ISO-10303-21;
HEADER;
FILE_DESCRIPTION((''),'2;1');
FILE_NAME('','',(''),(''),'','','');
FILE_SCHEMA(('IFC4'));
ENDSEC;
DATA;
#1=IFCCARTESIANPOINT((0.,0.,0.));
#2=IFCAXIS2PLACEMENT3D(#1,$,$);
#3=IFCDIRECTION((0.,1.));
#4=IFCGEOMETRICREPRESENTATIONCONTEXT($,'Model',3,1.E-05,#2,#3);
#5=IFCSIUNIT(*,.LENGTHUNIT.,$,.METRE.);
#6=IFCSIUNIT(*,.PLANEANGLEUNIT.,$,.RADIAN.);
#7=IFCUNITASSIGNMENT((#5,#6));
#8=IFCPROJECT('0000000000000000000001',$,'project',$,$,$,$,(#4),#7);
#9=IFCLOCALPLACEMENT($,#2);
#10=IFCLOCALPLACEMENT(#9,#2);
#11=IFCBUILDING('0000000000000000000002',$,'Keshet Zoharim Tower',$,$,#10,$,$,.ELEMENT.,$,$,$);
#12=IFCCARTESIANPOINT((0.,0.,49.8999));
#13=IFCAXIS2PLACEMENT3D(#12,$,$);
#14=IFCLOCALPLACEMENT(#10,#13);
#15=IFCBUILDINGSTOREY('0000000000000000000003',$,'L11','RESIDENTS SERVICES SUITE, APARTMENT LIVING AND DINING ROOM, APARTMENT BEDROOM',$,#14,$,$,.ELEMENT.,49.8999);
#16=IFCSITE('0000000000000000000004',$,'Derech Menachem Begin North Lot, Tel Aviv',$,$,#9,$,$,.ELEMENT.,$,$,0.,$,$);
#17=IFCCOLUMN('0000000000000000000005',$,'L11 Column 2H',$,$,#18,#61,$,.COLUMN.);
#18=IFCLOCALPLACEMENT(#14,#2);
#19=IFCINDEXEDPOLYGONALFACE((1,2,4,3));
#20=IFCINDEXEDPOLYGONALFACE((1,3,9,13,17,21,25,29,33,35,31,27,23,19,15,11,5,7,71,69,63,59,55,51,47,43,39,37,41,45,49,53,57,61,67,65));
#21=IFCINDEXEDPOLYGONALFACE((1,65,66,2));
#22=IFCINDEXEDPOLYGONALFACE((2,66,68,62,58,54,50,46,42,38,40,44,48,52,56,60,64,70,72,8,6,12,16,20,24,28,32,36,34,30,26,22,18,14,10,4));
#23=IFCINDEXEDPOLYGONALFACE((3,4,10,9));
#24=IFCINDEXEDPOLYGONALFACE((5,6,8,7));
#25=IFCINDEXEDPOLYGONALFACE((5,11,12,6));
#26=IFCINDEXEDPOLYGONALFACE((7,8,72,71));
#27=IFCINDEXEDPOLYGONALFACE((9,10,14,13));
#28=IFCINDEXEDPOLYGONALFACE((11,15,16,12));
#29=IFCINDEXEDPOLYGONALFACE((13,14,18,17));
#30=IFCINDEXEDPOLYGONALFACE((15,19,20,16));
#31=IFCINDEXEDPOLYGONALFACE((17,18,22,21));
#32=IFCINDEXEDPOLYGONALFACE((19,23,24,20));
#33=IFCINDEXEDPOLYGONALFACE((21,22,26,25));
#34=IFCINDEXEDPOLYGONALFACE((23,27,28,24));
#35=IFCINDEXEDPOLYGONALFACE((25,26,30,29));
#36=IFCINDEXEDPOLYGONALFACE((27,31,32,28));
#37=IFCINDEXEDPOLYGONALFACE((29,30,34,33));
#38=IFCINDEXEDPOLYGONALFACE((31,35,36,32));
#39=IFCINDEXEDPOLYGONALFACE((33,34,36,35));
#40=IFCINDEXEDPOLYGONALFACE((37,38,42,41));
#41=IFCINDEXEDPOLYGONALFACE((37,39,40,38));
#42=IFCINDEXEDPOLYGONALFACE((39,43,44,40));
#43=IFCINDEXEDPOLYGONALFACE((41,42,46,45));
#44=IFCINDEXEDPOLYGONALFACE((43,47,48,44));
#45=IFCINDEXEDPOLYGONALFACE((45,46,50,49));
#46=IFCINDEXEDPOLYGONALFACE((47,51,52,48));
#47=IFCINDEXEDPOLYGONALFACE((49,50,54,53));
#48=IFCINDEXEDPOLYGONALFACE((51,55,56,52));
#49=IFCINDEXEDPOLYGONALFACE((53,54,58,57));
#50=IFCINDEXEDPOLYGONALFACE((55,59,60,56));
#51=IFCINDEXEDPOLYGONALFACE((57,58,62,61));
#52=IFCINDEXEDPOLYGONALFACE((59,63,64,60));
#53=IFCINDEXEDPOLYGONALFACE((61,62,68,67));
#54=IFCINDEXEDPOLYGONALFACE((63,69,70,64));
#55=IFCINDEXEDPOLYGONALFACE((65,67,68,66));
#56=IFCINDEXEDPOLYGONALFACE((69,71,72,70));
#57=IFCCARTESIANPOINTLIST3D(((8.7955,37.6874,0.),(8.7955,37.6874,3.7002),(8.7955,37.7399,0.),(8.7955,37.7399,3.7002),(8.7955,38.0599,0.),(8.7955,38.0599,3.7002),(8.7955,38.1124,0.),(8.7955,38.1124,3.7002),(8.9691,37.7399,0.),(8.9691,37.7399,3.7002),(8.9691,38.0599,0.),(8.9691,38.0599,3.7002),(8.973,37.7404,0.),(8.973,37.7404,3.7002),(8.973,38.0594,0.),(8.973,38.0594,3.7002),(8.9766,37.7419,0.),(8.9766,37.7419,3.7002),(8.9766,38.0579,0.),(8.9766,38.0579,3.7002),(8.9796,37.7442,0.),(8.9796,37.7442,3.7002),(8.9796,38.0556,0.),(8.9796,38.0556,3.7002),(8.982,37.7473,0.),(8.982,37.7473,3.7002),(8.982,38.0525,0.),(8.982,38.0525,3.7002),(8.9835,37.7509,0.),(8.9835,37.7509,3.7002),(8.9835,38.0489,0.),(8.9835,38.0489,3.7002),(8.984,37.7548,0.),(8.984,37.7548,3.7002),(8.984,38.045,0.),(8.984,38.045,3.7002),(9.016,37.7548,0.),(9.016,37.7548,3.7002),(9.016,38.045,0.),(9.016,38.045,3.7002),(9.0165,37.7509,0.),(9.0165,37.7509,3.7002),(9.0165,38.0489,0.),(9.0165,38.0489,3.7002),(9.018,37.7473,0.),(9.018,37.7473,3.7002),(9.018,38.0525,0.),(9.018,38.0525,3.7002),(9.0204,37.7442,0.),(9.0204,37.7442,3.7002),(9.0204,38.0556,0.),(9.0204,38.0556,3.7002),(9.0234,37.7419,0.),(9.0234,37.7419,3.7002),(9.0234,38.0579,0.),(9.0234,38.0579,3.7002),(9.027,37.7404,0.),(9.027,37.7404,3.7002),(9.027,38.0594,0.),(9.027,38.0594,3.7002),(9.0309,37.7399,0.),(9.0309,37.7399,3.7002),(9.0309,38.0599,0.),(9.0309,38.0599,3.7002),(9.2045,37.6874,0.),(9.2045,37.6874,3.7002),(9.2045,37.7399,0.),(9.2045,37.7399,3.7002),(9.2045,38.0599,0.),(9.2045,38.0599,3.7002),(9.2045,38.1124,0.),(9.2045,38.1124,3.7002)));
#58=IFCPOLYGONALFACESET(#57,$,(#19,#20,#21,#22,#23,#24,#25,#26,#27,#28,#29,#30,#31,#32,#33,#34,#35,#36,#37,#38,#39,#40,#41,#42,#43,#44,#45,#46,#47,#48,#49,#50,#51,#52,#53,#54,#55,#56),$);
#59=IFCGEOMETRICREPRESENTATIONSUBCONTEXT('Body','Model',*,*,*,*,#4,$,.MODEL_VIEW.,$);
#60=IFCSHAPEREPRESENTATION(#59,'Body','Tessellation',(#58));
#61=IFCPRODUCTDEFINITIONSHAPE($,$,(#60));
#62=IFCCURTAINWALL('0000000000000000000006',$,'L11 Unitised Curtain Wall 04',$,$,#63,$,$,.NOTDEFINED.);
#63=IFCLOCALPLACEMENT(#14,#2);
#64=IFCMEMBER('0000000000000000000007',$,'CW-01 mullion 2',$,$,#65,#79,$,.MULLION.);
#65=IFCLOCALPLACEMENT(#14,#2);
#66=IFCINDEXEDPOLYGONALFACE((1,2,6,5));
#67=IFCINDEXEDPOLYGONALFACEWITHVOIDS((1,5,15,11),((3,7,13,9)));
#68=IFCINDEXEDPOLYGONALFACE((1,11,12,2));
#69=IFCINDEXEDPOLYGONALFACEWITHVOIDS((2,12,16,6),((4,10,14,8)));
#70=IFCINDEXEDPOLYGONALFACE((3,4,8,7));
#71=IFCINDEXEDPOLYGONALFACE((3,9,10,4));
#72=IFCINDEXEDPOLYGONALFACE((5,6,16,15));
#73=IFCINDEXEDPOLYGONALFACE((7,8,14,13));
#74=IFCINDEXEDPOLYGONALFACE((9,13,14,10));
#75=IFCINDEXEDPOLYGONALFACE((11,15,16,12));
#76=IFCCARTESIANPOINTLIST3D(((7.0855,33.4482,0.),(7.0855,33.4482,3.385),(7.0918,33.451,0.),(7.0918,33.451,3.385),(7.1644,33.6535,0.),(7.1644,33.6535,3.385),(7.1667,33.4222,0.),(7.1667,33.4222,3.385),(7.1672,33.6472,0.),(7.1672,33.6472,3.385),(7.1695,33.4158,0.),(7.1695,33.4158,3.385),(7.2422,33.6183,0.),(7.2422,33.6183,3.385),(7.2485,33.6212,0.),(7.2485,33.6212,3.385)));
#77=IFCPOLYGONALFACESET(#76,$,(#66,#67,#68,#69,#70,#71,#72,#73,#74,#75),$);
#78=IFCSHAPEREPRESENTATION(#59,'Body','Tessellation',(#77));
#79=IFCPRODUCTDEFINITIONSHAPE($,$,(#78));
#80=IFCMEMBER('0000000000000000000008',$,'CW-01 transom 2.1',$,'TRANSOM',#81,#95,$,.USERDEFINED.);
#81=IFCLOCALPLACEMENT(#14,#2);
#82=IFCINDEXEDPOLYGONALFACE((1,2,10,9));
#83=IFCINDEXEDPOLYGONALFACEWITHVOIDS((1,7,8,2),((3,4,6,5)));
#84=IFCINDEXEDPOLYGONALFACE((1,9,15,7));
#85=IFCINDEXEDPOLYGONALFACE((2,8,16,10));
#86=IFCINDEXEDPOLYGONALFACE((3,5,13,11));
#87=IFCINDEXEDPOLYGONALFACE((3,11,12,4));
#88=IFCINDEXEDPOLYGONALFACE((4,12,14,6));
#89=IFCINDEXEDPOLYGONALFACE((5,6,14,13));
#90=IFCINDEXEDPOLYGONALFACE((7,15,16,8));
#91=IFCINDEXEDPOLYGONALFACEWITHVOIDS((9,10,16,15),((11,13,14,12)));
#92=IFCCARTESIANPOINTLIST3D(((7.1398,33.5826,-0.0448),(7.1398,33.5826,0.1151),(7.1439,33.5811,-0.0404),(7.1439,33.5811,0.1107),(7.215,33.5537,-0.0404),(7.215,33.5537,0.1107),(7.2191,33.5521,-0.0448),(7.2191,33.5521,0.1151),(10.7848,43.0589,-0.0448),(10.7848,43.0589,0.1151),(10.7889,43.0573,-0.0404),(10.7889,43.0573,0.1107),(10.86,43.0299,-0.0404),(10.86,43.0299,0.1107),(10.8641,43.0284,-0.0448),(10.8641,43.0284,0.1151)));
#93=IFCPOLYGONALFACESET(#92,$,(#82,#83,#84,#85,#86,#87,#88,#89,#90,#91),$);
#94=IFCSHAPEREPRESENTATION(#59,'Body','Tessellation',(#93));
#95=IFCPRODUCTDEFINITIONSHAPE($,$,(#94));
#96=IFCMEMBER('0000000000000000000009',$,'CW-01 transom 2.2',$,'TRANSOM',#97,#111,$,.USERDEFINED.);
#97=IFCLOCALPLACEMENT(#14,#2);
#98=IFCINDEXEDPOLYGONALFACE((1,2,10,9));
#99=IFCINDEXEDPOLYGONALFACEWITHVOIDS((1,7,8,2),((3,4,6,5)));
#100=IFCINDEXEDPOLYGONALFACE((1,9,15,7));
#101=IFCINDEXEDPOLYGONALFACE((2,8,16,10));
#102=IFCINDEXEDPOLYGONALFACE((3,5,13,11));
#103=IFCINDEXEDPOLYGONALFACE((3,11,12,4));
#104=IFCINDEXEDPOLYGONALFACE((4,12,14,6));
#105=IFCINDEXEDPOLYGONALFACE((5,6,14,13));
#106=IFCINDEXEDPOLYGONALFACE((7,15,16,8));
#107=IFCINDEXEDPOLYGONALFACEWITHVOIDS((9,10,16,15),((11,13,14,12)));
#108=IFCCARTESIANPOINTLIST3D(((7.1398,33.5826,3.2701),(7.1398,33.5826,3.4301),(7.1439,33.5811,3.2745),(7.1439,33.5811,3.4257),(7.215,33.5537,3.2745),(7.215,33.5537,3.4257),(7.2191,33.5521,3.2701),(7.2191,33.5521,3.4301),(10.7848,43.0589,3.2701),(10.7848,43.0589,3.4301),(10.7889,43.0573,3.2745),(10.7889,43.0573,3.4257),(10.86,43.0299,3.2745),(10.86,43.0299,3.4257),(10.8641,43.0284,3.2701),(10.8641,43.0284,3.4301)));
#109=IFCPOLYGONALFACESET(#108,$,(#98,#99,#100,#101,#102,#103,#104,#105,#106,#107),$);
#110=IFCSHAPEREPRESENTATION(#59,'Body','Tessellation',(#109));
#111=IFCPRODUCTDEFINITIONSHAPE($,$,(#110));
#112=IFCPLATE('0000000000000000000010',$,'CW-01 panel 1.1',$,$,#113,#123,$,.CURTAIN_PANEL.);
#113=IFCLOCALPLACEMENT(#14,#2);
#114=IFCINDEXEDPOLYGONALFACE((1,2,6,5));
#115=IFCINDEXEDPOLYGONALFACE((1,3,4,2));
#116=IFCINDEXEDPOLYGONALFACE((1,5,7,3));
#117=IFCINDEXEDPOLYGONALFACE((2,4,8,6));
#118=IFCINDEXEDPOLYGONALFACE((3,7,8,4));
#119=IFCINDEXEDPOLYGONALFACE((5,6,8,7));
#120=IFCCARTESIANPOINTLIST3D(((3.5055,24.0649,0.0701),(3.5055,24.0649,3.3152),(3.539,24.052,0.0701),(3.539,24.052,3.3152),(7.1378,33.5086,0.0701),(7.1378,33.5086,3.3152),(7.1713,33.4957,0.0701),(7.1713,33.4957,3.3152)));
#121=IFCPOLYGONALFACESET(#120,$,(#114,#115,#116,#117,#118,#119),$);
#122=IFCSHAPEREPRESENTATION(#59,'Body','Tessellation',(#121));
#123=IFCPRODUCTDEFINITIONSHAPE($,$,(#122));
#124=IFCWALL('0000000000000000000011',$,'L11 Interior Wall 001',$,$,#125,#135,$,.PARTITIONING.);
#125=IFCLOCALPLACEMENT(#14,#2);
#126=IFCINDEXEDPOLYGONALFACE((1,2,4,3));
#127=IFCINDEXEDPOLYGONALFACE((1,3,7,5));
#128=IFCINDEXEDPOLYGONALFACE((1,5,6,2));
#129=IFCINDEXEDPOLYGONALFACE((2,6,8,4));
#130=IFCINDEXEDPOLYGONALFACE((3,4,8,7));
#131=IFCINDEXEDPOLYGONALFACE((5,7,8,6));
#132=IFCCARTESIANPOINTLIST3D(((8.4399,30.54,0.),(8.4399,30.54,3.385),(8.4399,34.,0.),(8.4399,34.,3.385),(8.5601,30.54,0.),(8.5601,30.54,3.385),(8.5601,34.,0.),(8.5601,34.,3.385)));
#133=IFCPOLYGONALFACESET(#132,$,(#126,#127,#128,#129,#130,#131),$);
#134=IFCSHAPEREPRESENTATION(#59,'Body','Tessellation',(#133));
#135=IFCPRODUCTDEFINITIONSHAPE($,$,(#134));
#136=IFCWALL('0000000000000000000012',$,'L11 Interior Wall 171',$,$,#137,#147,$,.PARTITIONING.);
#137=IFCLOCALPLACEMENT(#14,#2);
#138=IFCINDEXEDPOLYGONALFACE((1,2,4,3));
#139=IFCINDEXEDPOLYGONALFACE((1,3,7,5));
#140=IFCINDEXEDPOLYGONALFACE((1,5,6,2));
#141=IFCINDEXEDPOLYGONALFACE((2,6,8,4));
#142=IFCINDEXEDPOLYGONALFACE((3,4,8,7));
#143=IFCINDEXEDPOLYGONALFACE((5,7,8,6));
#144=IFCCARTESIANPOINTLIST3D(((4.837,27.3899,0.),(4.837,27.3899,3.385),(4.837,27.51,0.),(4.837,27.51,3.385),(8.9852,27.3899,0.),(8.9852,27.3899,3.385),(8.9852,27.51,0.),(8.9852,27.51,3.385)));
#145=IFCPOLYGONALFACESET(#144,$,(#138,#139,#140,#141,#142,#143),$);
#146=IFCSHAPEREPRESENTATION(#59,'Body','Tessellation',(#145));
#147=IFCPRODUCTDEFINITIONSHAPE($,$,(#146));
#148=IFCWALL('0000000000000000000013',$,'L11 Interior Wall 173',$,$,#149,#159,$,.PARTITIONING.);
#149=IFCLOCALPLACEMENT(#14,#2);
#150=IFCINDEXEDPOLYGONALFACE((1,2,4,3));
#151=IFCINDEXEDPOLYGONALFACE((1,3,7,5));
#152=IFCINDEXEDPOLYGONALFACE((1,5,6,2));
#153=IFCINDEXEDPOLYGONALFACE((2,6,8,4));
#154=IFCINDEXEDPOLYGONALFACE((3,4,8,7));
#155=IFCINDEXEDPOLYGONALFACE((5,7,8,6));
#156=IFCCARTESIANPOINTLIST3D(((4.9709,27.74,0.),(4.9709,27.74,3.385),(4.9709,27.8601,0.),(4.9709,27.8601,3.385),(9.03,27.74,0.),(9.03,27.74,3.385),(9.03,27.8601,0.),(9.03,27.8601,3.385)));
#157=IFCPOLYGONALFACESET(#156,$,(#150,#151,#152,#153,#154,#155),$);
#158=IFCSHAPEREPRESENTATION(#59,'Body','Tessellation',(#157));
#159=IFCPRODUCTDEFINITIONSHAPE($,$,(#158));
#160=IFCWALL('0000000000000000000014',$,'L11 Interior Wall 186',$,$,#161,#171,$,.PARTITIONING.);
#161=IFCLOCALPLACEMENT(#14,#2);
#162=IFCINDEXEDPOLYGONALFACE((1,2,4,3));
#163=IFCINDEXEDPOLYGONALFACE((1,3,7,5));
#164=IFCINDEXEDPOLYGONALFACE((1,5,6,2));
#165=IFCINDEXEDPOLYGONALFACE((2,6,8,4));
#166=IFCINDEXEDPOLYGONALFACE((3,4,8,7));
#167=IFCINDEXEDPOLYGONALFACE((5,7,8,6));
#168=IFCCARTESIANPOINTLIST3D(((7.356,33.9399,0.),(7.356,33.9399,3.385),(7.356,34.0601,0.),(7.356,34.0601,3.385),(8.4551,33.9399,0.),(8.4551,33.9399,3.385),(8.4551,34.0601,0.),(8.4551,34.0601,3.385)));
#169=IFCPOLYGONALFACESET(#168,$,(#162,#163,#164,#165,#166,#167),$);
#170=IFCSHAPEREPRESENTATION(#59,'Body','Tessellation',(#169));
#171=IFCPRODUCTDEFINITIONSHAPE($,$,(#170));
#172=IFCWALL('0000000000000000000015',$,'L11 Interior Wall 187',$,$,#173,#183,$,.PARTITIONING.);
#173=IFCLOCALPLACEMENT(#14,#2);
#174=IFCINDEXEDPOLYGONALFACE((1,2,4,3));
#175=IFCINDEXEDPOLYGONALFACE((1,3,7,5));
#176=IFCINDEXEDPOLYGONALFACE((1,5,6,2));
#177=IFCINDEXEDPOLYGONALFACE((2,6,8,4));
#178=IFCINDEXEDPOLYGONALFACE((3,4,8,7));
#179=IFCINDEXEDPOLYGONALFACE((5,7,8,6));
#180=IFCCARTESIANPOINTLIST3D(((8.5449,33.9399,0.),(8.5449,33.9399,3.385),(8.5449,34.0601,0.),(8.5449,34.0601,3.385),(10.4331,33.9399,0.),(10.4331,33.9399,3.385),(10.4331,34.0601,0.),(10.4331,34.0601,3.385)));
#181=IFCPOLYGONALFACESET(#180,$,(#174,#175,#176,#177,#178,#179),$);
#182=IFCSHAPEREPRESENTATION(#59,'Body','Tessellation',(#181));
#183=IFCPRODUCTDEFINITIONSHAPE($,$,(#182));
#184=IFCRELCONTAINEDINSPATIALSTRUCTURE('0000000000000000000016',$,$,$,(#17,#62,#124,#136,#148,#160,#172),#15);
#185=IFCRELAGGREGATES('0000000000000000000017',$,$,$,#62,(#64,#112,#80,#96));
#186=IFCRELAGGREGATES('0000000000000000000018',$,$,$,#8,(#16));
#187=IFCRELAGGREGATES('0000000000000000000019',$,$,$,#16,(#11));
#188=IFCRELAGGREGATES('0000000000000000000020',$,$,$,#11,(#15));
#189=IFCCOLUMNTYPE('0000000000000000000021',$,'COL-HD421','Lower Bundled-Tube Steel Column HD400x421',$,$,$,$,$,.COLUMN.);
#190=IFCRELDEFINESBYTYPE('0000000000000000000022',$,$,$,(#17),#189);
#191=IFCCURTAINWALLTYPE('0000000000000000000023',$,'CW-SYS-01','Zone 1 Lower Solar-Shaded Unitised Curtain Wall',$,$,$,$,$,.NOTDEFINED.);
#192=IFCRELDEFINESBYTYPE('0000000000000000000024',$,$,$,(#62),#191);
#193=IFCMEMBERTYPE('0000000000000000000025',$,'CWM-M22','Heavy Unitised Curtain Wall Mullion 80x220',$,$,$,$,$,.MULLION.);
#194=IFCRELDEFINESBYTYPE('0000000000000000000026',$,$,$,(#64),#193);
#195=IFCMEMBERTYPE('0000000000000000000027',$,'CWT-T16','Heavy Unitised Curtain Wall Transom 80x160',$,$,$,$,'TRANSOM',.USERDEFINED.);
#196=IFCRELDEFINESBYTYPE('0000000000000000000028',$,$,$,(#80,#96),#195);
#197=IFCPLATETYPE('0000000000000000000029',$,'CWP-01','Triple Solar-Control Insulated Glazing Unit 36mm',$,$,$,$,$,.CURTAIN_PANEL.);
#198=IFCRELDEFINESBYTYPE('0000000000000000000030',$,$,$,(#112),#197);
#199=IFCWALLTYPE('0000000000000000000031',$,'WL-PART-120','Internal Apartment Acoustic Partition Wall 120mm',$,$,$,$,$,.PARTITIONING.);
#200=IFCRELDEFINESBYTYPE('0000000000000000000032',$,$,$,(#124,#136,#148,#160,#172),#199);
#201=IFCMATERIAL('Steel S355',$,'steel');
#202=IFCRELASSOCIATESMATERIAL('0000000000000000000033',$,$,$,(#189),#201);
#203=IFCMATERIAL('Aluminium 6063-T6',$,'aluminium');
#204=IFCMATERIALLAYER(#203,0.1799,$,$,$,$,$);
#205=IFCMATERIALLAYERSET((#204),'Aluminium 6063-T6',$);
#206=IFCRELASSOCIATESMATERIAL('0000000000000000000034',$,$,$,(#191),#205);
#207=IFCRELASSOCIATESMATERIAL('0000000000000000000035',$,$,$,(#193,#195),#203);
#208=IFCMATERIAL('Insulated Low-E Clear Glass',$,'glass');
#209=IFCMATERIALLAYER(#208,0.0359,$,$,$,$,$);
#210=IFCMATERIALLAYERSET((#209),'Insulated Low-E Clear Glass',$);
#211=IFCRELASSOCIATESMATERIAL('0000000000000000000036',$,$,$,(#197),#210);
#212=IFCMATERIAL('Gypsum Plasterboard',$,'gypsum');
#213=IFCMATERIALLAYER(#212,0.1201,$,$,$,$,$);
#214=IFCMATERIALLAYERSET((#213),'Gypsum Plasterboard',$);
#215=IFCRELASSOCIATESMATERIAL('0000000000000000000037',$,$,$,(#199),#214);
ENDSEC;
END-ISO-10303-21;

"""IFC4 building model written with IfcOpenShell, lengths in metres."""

from ifc_helpers import new_model, si_unit, direction, frame, frame_2d, origin, origin_2d, place, context, subcontext, project, spatial, rectangle, hollow_rectangle, i_section, extrude, material, layer, layer_set, material_profile, profile_set, type_object, element, aggregate, save


model = new_model("IFC4")

# Units and contexts
model_context = context("Model", 3, precision=1e-05, world=origin(), true_north=direction((0.0, 1.0)))
body_context = subcontext(model_context, "Body", "Model", "MODEL_VIEW")
ifc_project = project(units=[si_unit("LENGTHUNIT", "METRE"), si_unit("PLANEANGLEUNIT", "RADIAN")], contexts=[model_context])

# Site, building, storey
site_placement = place(None, origin())
site = spatial("IfcSite", under=ifc_project, at=site_placement, Name="Derech Menachem Begin North Lot, Tel Aviv", CompositionType="ELEMENT", RefElevation=0.0)
building_placement = place(site_placement, origin())
building = spatial("IfcBuilding", under=site, at=building_placement, Name="Keshet Zoharim Tower", CompositionType="ELEMENT")
storey_placement = place(building_placement, frame((0.0, 0.0, 49.8999)))
storey = spatial("IfcBuildingStorey", under=building, at=storey_placement, Name="L11", Description="RESIDENTS SERVICES SUITE, APARTMENT LIVING AND DINING ROOM, APARTMENT BEDROOM", CompositionType="ELEMENT", Elevation=49.8999)

# Column
ifc_material_1 = material(Name="Steel S355", Category="steel")
ifc_material_profile_1 = material_profile(ifc_material_1, i_section(OverallWidth=0.4089, OverallDepth=0.425, WebThickness=0.032, FlangeThickness=0.0525, FilletRadius=0.0149, at=origin_2d()), Name="HD400x421")
ifc_profile_set_1 = profile_set([ifc_material_profile_1], Name="Steel S355")
column_type = type_object("IfcColumnType", Name="COL-HD421", Description="Lower Bundled-Tube Steel Column HD400x421", PredefinedType="COLUMN", material=ifc_profile_set_1)
column_placement = place(storey_placement, frame((9.0, 37.8999, 0.0), z_axis=(0.0, 0.0, 1.0), x_axis=(1.0, 0.0, 0.0)))
element("IfcColumn", 1, at=column_placement, inside=storey, type_object=column_type, Name="L11 Column 2H", PredefinedType="COLUMN", context=body_context, shape_type="SweptSolid", body=[
    extrude(i_section(OverallWidth=0.4089, OverallDepth=0.425, WebThickness=0.032, FlangeThickness=0.0525, FilletRadius=0.0149, at=origin_2d()), origin(), (0.0, 0.0, 1.0), 3.7002),
])

# Curtain wall, members, plate
ifc_material_2 = material(Name="Aluminium 6063-T6", Category="aluminium")
ifc_layer_1 = layer(ifc_material_2, 0.1799)
ifc_layer_set_1 = layer_set([ifc_layer_1], Name="Aluminium 6063-T6")
curtain_wall_type = type_object("IfcCurtainWallType", Name="CW-SYS-01", Description="Zone 1 Lower Solar-Shaded Unitised Curtain Wall", PredefinedType="NOTDEFINED", material=ifc_layer_set_1)
curtain_wall_placement = place(storey_placement, origin())
curtain_wall = element("IfcCurtainWall", 2, at=curtain_wall_placement, inside=storey, type_object=curtain_wall_type, Name="L11 Unitised Curtain Wall 04", PredefinedType="NOTDEFINED")
ifc_material_profile_2 = material_profile(ifc_material_2, hollow_rectangle(XDim=0.0901, YDim=0.22, WallThickness=0.0049, at=origin_2d()), Name="MUL-90x220")
ifc_profile_set_2 = profile_set([ifc_material_profile_2], Name="Aluminium 6063-T6")
member_type_1 = type_object("IfcMemberType", Name="CWM-M22", Description="Heavy Unitised Curtain Wall Mullion 80x220", PredefinedType="MULLION", material=ifc_profile_set_2)
member_1_placement = place(storey_placement, frame((7.167, 33.5347, 0.0), z_axis=(0.0, 0.0, 1.0), x_axis=(-0.933341, 0.35899, 0.0)))
member_1 = element("IfcMember", 3, at=member_1_placement, type_object=member_type_1, Name="CW-01 mullion 2", PredefinedType="MULLION", context=body_context, shape_type="SweptSolid", body=[
    extrude(hollow_rectangle(XDim=0.0901, YDim=0.22, WallThickness=0.0049, at=origin_2d()), origin(), (0.0, 0.0, 1.0), 3.385),
])
ifc_material_profile_3 = material_profile(ifc_material_2, hollow_rectangle(XDim=0.085, YDim=0.1599, WallThickness=0.0044, at=origin_2d()), Name="TRN-85x160")
ifc_profile_set_3 = profile_set([ifc_material_profile_3], Name="Aluminium 6063-T6")
member_type_2 = type_object("IfcMemberType", Name="CWT-T16", Description="Heavy Unitised Curtain Wall Transom 80x160", ElementType="TRANSOM", PredefinedType="USERDEFINED", material=ifc_profile_set_3)
member_2_placement = place(storey_placement, frame((7.1794, 33.5674, 0.0352), z_axis=(0.359003, 0.933336, 0.0), x_axis=(-0.933336, 0.359003, 0.0)))
member_2 = element("IfcMember", 4, at=member_2_placement, type_object=member_type_2, Name="CW-01 transom 2.1", ObjectType="TRANSOM", PredefinedType="USERDEFINED", context=body_context, shape_type="SweptSolid", body=[
    extrude(hollow_rectangle(XDim=0.085, YDim=0.1599, WallThickness=0.0044, at=origin_2d()), origin(), (0.0, 0.0, 1.0), 10.1531),
])
member_3_placement = place(storey_placement, frame((7.1794, 33.5674, 3.3501), z_axis=(0.359003, 0.933336, 0.0), x_axis=(-0.933336, 0.359003, 0.0)))
member_3 = element("IfcMember", 5, at=member_3_placement, type_object=member_type_2, Name="CW-01 transom 2.2", ObjectType="TRANSOM", PredefinedType="USERDEFINED", context=body_context, shape_type="SweptSolid", body=[
    extrude(hollow_rectangle(XDim=0.085, YDim=0.1599, WallThickness=0.0044, at=origin_2d()), origin(), (0.0, 0.0, 1.0), 10.1531),
])
ifc_material_3 = material(Name="Insulated Low-E Clear Glass", Category="glass")
ifc_layer_2 = layer(ifc_material_3, 0.0359)
ifc_layer_set_2 = layer_set([ifc_layer_2], Name="Insulated Low-E Clear Glass")
plate_type = type_object("IfcPlateType", Name="CWP-01", Description="Triple Solar-Control Insulated Glazing Unit 36mm", PredefinedType="CURTAIN_PANEL", material=ifc_layer_set_2)
plate_placement = place(storey_placement, frame((5.3384, 28.7803, 0.0701), z_axis=(0.0, 0.0, 1.0), x_axis=(0.35899, 0.933341, 0.0)))
plate = element("IfcPlate", 6, at=plate_placement, type_object=plate_type, Name="CW-01 panel 1.1", PredefinedType="CURTAIN_PANEL", context=body_context, shape_type="SweptSolid", body=[
    extrude(rectangle(XDim=10.1182, YDim=0.0359, at=origin_2d()), origin(), (0.0, 0.0, 1.0), 3.2451),
])
aggregate(curtain_wall, [member_1, plate, member_2, member_3])

# Wall
ifc_material_4 = material(Name="Gypsum Plasterboard", Category="gypsum")
ifc_layer_3 = layer(ifc_material_4, 0.1201)
ifc_layer_set_3 = layer_set([ifc_layer_3], Name="Gypsum Plasterboard")
wall_type_1 = type_object("IfcWallType", Name="WL-PART-120", Description="Internal Apartment Acoustic Partition Wall 120mm", PredefinedType="PARTITIONING", material=ifc_layer_set_3)
wall_1_placement = place(storey_placement, frame((8.5, 30.54, 0.0), z_axis=(0.0, 0.0, 1.0), x_axis=(0.0, 1.0, 0.0)))
element("IfcWall", 7, at=wall_1_placement, inside=storey, type_object=wall_type_1, Name="L11 Interior Wall 001", PredefinedType="PARTITIONING", context=body_context, shape_type="SweptSolid", body=[
    extrude(rectangle(XDim=3.46, YDim=0.1201, at=frame_2d((1.73, 0.0))), origin(), (0.0, 0.0, 1.0), 3.385),
])

# Walls
wall_2_placement = place(storey_placement, frame((4.8369, 27.45, 0.0), z_axis=(0.0, 0.0, 1.0), x_axis=(1.0, 0.0, 0.0)))
element("IfcWall", 8, at=wall_2_placement, inside=storey, type_object=wall_type_1, Name="L11 Interior Wall 171", PredefinedType="PARTITIONING", context=body_context, shape_type="SweptSolid", body=[
    extrude(rectangle(XDim=4.1482, YDim=0.1201, at=frame_2d((2.0742, 0.0))), origin(), (0.0, 0.0, 1.0), 3.385),
])
wall_3_placement = place(storey_placement, frame((4.9709, 27.8, 0.0), z_axis=(0.0, 0.0, 1.0), x_axis=(1.0, 0.0, 0.0)))
element("IfcWall", 9, at=wall_3_placement, inside=storey, type_object=wall_type_1, Name="L11 Interior Wall 173", PredefinedType="PARTITIONING", context=body_context, shape_type="SweptSolid", body=[
    extrude(rectangle(XDim=4.0591, YDim=0.1201, at=frame_2d((2.0295, 0.0))), origin(), (0.0, 0.0, 1.0), 3.385),
])

# Walls
wall_4_placement = place(storey_placement, frame((7.356, 34.0, 0.0), z_axis=(0.0, 0.0, 1.0), x_axis=(1.0, 0.0, 0.0)))
element("IfcWall", 10, at=wall_4_placement, inside=storey, type_object=wall_type_1, Name="L11 Interior Wall 186", PredefinedType="PARTITIONING", context=body_context, shape_type="SweptSolid", body=[
    extrude(rectangle(XDim=1.0991, YDim=0.1201, at=frame_2d((0.5496, 0.0))), origin(), (0.0, 0.0, 1.0), 3.385),
])
wall_5_placement = place(storey_placement, frame((8.5449, 34.0, 0.0), z_axis=(0.0, 0.0, 1.0), x_axis=(1.0, 0.0, 0.0)))
element("IfcWall", 11, at=wall_5_placement, inside=storey, type_object=wall_type_1, Name="L11 Interior Wall 187", PredefinedType="PARTITIONING", context=body_context, shape_type="SweptSolid", body=[
    extrude(rectangle(XDim=1.8882, YDim=0.1201, at=frame_2d((0.9441, 0.0))), origin(), (0.0, 0.0, 1.0), 3.385),
])

save(model, "model.ifc")
